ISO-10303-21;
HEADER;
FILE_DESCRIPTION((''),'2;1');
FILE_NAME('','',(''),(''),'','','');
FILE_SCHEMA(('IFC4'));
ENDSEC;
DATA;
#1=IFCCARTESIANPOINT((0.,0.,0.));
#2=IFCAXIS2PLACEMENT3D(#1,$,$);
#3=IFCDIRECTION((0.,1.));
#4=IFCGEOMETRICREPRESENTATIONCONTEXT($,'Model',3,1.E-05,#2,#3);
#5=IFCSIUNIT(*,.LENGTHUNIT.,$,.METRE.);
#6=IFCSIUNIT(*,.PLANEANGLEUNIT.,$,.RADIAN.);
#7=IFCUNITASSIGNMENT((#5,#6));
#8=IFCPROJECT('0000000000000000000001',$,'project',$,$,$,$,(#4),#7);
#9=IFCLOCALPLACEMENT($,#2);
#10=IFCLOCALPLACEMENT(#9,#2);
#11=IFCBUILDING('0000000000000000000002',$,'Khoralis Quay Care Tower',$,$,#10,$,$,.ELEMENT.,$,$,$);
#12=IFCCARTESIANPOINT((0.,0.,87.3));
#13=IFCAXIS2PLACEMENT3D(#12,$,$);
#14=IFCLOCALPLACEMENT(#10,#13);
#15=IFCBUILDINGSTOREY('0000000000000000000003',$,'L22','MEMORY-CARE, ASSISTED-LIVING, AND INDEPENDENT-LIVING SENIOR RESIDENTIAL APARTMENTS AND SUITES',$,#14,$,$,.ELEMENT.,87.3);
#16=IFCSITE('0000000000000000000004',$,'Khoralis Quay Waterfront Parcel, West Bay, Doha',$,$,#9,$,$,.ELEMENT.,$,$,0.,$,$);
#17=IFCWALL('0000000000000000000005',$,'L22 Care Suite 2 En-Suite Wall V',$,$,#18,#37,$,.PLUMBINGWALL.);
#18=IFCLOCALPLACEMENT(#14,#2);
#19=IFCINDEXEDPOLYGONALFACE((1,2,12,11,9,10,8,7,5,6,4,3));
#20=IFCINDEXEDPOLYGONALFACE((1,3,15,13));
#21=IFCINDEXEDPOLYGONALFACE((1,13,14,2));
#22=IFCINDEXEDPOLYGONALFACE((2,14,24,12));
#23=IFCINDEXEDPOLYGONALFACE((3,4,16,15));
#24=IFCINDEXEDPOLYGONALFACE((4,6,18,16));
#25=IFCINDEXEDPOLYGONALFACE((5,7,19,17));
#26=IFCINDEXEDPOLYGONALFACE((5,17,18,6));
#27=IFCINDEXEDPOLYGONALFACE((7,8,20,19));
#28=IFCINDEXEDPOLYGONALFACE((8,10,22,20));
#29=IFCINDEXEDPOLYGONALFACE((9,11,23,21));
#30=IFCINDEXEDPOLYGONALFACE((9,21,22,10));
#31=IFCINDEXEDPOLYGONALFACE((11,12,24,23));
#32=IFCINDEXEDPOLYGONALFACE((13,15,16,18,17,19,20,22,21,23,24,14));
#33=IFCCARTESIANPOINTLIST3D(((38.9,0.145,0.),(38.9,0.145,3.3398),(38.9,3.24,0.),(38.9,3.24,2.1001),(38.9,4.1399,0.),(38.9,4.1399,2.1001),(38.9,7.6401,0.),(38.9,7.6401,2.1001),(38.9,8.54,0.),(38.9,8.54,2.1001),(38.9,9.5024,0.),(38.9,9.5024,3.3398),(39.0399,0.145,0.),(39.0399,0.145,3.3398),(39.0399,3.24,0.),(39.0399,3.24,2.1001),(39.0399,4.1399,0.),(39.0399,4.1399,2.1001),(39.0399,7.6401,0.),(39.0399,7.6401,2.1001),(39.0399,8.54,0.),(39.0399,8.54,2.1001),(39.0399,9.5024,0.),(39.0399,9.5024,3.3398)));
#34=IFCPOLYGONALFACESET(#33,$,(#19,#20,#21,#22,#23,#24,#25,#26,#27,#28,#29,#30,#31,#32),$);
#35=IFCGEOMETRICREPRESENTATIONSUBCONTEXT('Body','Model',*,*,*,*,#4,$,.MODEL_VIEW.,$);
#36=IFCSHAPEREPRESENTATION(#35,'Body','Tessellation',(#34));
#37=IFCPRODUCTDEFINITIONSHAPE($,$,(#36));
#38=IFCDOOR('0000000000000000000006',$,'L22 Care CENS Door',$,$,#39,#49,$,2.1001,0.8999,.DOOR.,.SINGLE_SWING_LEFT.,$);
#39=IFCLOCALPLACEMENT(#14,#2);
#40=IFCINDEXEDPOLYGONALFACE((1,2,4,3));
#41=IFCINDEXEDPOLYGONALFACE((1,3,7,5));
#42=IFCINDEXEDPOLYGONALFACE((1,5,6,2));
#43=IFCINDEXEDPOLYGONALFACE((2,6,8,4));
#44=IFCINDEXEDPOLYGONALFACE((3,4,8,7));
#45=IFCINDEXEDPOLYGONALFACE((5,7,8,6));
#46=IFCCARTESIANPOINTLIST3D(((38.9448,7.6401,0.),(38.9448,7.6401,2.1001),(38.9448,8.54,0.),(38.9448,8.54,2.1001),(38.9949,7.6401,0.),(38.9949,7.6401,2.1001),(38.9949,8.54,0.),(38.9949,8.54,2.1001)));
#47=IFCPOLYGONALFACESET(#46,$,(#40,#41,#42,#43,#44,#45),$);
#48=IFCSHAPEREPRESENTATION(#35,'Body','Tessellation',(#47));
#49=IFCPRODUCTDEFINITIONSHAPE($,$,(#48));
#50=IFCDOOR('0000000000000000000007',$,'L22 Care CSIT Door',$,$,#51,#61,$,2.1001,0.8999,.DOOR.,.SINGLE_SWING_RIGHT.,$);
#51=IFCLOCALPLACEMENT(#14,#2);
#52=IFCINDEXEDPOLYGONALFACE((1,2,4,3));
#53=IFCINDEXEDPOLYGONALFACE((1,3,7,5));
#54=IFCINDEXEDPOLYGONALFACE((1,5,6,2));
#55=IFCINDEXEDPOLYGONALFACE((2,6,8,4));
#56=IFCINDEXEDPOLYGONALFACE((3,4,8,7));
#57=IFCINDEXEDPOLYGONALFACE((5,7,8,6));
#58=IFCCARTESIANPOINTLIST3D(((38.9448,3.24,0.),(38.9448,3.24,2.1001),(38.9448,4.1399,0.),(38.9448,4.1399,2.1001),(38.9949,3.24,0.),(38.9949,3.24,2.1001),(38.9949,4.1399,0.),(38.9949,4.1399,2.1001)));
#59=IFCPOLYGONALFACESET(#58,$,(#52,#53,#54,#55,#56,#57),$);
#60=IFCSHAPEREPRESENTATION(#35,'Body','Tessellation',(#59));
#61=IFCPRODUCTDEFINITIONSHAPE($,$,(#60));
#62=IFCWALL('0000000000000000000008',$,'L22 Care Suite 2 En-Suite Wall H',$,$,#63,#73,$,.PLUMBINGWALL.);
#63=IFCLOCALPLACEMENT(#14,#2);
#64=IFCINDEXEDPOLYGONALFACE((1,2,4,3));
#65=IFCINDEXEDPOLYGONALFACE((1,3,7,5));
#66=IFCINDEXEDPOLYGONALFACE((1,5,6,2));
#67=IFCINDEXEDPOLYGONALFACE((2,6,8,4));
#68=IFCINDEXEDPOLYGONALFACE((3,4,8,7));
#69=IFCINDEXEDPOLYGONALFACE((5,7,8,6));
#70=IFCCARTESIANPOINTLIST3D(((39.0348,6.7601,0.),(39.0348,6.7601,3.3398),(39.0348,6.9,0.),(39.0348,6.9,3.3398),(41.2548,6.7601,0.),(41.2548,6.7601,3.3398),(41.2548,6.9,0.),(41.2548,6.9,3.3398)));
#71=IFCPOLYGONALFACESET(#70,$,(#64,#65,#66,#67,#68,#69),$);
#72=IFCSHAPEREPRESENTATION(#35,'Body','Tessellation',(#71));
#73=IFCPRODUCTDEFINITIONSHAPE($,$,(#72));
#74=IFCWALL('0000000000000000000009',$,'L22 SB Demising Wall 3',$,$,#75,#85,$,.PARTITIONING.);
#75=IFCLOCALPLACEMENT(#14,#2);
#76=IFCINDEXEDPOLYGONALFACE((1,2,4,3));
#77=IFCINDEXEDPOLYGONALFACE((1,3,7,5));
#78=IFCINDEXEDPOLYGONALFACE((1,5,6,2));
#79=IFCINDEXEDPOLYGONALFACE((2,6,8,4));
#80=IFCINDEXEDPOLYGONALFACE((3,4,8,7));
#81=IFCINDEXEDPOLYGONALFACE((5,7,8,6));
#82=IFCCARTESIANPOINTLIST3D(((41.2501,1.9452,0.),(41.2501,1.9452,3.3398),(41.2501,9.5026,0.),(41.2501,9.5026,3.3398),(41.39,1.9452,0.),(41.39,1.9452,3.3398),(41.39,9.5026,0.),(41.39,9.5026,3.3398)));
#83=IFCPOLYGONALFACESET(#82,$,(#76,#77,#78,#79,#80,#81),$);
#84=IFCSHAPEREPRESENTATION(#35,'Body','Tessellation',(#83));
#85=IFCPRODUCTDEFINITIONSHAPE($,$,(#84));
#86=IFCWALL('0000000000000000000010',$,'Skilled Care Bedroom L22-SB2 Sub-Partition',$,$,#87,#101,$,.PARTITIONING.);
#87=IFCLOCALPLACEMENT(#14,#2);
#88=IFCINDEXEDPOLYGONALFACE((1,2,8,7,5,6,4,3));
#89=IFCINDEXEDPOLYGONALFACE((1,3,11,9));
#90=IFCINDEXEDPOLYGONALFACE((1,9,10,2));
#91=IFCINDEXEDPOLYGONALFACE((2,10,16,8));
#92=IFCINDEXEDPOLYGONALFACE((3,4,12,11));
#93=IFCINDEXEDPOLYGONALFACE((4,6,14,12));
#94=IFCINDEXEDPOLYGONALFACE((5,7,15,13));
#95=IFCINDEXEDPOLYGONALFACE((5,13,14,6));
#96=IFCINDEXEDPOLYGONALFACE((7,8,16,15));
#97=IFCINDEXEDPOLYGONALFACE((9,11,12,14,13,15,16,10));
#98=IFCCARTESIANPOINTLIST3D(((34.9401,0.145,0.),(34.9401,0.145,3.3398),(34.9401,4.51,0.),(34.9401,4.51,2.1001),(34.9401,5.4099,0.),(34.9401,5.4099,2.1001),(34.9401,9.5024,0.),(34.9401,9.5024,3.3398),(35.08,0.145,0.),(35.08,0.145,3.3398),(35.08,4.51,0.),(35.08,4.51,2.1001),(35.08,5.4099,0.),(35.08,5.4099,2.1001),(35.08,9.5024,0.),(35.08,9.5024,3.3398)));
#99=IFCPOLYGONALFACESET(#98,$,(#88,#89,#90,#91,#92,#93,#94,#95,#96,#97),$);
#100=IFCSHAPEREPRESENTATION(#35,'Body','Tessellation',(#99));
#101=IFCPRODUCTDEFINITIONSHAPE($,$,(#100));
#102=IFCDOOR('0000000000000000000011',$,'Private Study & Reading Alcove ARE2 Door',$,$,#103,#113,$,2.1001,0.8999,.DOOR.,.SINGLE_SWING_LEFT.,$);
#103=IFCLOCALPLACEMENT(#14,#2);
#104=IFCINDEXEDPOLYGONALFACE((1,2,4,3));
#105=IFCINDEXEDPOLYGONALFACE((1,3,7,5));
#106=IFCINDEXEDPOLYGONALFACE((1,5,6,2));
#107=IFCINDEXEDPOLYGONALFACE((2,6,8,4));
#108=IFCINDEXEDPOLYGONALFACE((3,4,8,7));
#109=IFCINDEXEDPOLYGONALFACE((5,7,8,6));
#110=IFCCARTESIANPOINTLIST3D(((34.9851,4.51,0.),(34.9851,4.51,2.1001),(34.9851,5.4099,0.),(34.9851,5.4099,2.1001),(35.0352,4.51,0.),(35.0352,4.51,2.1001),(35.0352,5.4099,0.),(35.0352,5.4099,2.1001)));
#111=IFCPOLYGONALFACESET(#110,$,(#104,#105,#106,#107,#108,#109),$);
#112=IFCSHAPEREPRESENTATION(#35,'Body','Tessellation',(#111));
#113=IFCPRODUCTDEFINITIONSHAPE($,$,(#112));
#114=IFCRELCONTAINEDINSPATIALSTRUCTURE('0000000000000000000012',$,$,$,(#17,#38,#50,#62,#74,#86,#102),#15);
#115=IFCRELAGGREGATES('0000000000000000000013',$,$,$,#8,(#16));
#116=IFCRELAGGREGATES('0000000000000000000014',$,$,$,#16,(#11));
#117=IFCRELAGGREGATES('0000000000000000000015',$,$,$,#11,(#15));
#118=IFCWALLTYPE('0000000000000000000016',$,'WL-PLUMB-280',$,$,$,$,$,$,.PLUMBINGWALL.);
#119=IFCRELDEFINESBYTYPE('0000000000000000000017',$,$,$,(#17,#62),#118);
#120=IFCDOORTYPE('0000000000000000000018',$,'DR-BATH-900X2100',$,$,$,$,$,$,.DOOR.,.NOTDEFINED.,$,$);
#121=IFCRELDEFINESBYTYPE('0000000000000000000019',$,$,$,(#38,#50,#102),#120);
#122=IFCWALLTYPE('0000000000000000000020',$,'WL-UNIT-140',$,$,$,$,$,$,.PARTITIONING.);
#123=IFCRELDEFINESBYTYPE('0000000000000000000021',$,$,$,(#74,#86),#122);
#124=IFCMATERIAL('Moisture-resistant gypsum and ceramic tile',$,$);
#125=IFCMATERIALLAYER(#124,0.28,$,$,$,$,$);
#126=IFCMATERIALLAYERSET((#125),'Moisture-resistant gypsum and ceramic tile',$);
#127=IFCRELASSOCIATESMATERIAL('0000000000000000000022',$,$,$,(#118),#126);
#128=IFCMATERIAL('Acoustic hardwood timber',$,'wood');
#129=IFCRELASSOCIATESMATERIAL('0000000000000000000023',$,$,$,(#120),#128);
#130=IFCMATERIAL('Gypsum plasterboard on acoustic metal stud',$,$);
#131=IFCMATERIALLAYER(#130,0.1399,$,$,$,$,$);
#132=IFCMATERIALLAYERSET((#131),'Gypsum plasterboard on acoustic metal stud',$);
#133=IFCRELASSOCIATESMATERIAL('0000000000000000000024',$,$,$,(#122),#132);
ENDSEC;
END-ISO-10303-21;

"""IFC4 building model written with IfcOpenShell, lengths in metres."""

from ifc_helpers import new_model, si_unit, direction, frame, frame_2d, origin, place, context, subcontext, project, spatial, rectangle, extrude, source, transform, mapped, material, layer, layer_set, type_object, element, fill, save


model = new_model("IFC4")

# Units and contexts
model_context = context("Model", 3, precision=1e-05, world=origin(), true_north=direction((0.0, 1.0)))
body_context = subcontext(model_context, "Body", "Model", "MODEL_VIEW")
ifc_project = project(units=[si_unit("LENGTHUNIT", "METRE"), si_unit("PLANEANGLEUNIT", "RADIAN")], contexts=[model_context])

# Site, building, storey
site_placement = place(None, origin())
site = spatial("IfcSite", under=ifc_project, at=site_placement, Name="Khoralis Quay Waterfront Parcel, West Bay, Doha", CompositionType="ELEMENT", RefElevation=0.0)
building_placement = place(site_placement, origin())
building = spatial("IfcBuilding", under=site, at=building_placement, Name="Khoralis Quay Care Tower", CompositionType="ELEMENT")
storey_placement = place(building_placement, frame((0.0, 0.0, 87.3)))
storey = spatial("IfcBuildingStorey", under=building, at=storey_placement, Name="L22", Description="MEMORY-CARE, ASSISTED-LIVING, AND INDEPENDENT-LIVING SENIOR RESIDENTIAL APARTMENTS AND SUITES", CompositionType="ELEMENT", Elevation=87.3)

# Shared definitions
ifc_material_1 = material(Name="Gypsum plasterboard on acoustic metal stud")

# Shared definitions
ifc_material_2 = material(Name="Acoustic hardwood timber", Category="wood")

# Wall, openings, doors
ifc_material_3 = material(Name="Moisture-resistant gypsum and ceramic tile")
ifc_layer_1 = layer(ifc_material_3, 0.28)
ifc_layer_set_1 = layer_set([ifc_layer_1], Name="Moisture-resistant gypsum and ceramic tile")
wall_type_1 = type_object("IfcWallType", Name="WL-PLUMB-280", PredefinedType="PLUMBINGWALL", material=ifc_layer_set_1)
wall_1_placement = place(storey_placement, frame((38.97, 0.145, 0.0), z_axis=(0.0, 0.0, 1.0), x_axis=(0.0, 1.0, 0.0)))
wall_1 = element("IfcWall", 1, at=wall_1_placement, inside=storey, type_object=wall_type_1, Name="L22 Care Suite 2 En-Suite Wall V", PredefinedType="PLUMBINGWALL", context=body_context, shape_type="SweptSolid", body=[
    extrude(rectangle(XDim=9.3574, YDim=0.1399, at=frame_2d((4.6787, 0.0))), origin(), (0.0, 0.0, 1.0), 3.3398),
])
opening_1_placement = place(wall_1_placement, frame((7.4951, 0.0, 0.0)))
opening_1 = element("IfcOpeningElement", 2, at=opening_1_placement, cuts=wall_1, PredefinedType="OPENING", context=body_context, shape_type="SweptSolid", body=[
    extrude(rectangle(XDim=0.8999, YDim=2.1001, at=frame_2d((0.45, 1.05))), frame((0.0, 0.0801, 0.0), z_axis=(0.0, -1.0, 0.0), x_axis=(1.0, 0.0, 0.0)), (0.0, 0.0, 1.0), 0.1599),
])
opening_2_placement = place(wall_1_placement, frame((3.095, 0.0, 0.0)))
opening_2 = element("IfcOpeningElement", 3, at=opening_2_placement, cuts=wall_1, PredefinedType="OPENING", context=body_context, shape_type="SweptSolid", body=[
    extrude(rectangle(XDim=0.8999, YDim=2.1001, at=frame_2d((0.45, 1.05))), frame((0.0, 0.0801, 0.0), z_axis=(0.0, -1.0, 0.0), x_axis=(1.0, 0.0, 0.0)), (0.0, 0.0, 1.0), 0.1599),
])
door_type_1 = type_object("IfcDoorType", Name="DR-BATH-900X2100", OperationType="NOTDEFINED", PredefinedType="DOOR", material=ifc_material_2)
shared_shape_1 = source(origin(), body_context, "Body", "SweptSolid", [
    extrude(rectangle(XDim=0.8999, YDim=2.1001, at=frame_2d((0.45, 1.05))), frame((0.0, 0.0249, 0.0), z_axis=(0.0, -1.0, 0.0), x_axis=(1.0, 0.0, 0.0)), (0.0, 0.0, 1.0), 0.05),
])
door_1_placement = place(opening_1_placement, frame((0.8999, 0.0, 0.0), z_axis=(0.0, 0.0, 1.0), x_axis=(-1.0, 0.0, 0.0)))
door_1 = element("IfcDoor", 4, at=door_1_placement, inside=storey, type_object=door_type_1, Name="L22 Care CENS Door", OperationType="SINGLE_SWING_LEFT", OverallHeight=2.1001, OverallWidth=0.8999, PredefinedType="DOOR", context=body_context, shape_type="MappedRepresentation", body=[
    mapped(shared_shape_1, transform((0.0, 0.0, 0.0), scale=1.0)),
])
fill(opening_1, door_1)
door_2_placement = place(opening_2_placement, frame((0.8999, 0.0, 0.0), z_axis=(0.0, 0.0, 1.0), x_axis=(-1.0, 0.0, 0.0)))
door_2 = element("IfcDoor", 5, at=door_2_placement, inside=storey, type_object=door_type_1, Name="L22 Care CSIT Door", OperationType="SINGLE_SWING_RIGHT", OverallHeight=2.1001, OverallWidth=0.8999, PredefinedType="DOOR", context=body_context, shape_type="MappedRepresentation", body=[
    mapped(shared_shape_1, transform((0.0, 0.0, 0.0), scale=1.0)),
])
fill(opening_2, door_2)

# Walls
wall_2_placement = place(storey_placement, frame((39.0349, 6.8301, 0.0), z_axis=(0.0, 0.0, 1.0), x_axis=(1.0, 0.0, 0.0)))
element("IfcWall", 6, at=wall_2_placement, inside=storey, type_object=wall_type_1, Name="L22 Care Suite 2 En-Suite Wall H", PredefinedType="PLUMBINGWALL", context=body_context, shape_type="SweptSolid", body=[
    extrude(rectangle(XDim=2.22, YDim=0.1399, at=frame_2d((1.1099, 0.0))), origin(), (0.0, 0.0, 1.0), 3.3398),
])
ifc_layer_2 = layer(ifc_material_1, 0.1399)
ifc_layer_set_2 = layer_set([ifc_layer_2], Name="Gypsum plasterboard on acoustic metal stud")
wall_type_2 = type_object("IfcWallType", Name="WL-UNIT-140", PredefinedType="PARTITIONING", material=ifc_layer_set_2)
wall_3_placement = place(storey_placement, frame((41.3201, 1.9451, 0.0), z_axis=(0.0, 0.0, 1.0), x_axis=(0.0, 1.0, 0.0)))
element("IfcWall", 7, at=wall_3_placement, inside=storey, type_object=wall_type_2, Name="L22 SB Demising Wall 3", PredefinedType="PARTITIONING", context=body_context, shape_type="SweptSolid", body=[
    extrude(rectangle(XDim=7.5574, YDim=0.1399, at=frame_2d((3.7788, 0.0))), origin(), (0.0, 0.0, 1.0), 3.3398),
])

# Wall, opening, door
wall_4_placement = place(storey_placement, frame((35.01, 0.145, 0.0), z_axis=(0.0, 0.0, 1.0), x_axis=(0.0, 1.0, 0.0)))
wall_4 = element("IfcWall", 8, at=wall_4_placement, inside=storey, type_object=wall_type_2, Name="Skilled Care Bedroom L22-SB2 Sub-Partition", PredefinedType="PARTITIONING", context=body_context, shape_type="SweptSolid", body=[
    extrude(rectangle(XDim=9.3574, YDim=0.1399, at=frame_2d((4.6787, 0.0))), origin(), (0.0, 0.0, 1.0), 3.3398),
])
opening_3_placement = place(wall_4_placement, frame((4.365, 0.0, 0.0)))
opening_3 = element("IfcOpeningElement", 9, at=opening_3_placement, cuts=wall_4, PredefinedType="OPENING", context=body_context, shape_type="SweptSolid", body=[
    extrude(rectangle(XDim=0.8999, YDim=2.1001, at=frame_2d((0.45, 1.05))), frame((0.0, 0.0801, 0.0), z_axis=(0.0, -1.0, 0.0), x_axis=(1.0, 0.0, 0.0)), (0.0, 0.0, 1.0), 0.1599),
])
door_3_placement = place(opening_3_placement, origin())
door_3 = element("IfcDoor", 10, at=door_3_placement, inside=storey, type_object=door_type_1, Name="Private Study & Reading Alcove ARE2 Door", OperationType="SINGLE_SWING_LEFT", OverallHeight=2.1001, OverallWidth=0.8999, PredefinedType="DOOR", context=body_context, shape_type="MappedRepresentation", body=[
    mapped(shared_shape_1, transform((0.0, 0.0, 0.0), scale=1.0)),
])
fill(opening_3, door_3)

save(model, "model.ifc")
